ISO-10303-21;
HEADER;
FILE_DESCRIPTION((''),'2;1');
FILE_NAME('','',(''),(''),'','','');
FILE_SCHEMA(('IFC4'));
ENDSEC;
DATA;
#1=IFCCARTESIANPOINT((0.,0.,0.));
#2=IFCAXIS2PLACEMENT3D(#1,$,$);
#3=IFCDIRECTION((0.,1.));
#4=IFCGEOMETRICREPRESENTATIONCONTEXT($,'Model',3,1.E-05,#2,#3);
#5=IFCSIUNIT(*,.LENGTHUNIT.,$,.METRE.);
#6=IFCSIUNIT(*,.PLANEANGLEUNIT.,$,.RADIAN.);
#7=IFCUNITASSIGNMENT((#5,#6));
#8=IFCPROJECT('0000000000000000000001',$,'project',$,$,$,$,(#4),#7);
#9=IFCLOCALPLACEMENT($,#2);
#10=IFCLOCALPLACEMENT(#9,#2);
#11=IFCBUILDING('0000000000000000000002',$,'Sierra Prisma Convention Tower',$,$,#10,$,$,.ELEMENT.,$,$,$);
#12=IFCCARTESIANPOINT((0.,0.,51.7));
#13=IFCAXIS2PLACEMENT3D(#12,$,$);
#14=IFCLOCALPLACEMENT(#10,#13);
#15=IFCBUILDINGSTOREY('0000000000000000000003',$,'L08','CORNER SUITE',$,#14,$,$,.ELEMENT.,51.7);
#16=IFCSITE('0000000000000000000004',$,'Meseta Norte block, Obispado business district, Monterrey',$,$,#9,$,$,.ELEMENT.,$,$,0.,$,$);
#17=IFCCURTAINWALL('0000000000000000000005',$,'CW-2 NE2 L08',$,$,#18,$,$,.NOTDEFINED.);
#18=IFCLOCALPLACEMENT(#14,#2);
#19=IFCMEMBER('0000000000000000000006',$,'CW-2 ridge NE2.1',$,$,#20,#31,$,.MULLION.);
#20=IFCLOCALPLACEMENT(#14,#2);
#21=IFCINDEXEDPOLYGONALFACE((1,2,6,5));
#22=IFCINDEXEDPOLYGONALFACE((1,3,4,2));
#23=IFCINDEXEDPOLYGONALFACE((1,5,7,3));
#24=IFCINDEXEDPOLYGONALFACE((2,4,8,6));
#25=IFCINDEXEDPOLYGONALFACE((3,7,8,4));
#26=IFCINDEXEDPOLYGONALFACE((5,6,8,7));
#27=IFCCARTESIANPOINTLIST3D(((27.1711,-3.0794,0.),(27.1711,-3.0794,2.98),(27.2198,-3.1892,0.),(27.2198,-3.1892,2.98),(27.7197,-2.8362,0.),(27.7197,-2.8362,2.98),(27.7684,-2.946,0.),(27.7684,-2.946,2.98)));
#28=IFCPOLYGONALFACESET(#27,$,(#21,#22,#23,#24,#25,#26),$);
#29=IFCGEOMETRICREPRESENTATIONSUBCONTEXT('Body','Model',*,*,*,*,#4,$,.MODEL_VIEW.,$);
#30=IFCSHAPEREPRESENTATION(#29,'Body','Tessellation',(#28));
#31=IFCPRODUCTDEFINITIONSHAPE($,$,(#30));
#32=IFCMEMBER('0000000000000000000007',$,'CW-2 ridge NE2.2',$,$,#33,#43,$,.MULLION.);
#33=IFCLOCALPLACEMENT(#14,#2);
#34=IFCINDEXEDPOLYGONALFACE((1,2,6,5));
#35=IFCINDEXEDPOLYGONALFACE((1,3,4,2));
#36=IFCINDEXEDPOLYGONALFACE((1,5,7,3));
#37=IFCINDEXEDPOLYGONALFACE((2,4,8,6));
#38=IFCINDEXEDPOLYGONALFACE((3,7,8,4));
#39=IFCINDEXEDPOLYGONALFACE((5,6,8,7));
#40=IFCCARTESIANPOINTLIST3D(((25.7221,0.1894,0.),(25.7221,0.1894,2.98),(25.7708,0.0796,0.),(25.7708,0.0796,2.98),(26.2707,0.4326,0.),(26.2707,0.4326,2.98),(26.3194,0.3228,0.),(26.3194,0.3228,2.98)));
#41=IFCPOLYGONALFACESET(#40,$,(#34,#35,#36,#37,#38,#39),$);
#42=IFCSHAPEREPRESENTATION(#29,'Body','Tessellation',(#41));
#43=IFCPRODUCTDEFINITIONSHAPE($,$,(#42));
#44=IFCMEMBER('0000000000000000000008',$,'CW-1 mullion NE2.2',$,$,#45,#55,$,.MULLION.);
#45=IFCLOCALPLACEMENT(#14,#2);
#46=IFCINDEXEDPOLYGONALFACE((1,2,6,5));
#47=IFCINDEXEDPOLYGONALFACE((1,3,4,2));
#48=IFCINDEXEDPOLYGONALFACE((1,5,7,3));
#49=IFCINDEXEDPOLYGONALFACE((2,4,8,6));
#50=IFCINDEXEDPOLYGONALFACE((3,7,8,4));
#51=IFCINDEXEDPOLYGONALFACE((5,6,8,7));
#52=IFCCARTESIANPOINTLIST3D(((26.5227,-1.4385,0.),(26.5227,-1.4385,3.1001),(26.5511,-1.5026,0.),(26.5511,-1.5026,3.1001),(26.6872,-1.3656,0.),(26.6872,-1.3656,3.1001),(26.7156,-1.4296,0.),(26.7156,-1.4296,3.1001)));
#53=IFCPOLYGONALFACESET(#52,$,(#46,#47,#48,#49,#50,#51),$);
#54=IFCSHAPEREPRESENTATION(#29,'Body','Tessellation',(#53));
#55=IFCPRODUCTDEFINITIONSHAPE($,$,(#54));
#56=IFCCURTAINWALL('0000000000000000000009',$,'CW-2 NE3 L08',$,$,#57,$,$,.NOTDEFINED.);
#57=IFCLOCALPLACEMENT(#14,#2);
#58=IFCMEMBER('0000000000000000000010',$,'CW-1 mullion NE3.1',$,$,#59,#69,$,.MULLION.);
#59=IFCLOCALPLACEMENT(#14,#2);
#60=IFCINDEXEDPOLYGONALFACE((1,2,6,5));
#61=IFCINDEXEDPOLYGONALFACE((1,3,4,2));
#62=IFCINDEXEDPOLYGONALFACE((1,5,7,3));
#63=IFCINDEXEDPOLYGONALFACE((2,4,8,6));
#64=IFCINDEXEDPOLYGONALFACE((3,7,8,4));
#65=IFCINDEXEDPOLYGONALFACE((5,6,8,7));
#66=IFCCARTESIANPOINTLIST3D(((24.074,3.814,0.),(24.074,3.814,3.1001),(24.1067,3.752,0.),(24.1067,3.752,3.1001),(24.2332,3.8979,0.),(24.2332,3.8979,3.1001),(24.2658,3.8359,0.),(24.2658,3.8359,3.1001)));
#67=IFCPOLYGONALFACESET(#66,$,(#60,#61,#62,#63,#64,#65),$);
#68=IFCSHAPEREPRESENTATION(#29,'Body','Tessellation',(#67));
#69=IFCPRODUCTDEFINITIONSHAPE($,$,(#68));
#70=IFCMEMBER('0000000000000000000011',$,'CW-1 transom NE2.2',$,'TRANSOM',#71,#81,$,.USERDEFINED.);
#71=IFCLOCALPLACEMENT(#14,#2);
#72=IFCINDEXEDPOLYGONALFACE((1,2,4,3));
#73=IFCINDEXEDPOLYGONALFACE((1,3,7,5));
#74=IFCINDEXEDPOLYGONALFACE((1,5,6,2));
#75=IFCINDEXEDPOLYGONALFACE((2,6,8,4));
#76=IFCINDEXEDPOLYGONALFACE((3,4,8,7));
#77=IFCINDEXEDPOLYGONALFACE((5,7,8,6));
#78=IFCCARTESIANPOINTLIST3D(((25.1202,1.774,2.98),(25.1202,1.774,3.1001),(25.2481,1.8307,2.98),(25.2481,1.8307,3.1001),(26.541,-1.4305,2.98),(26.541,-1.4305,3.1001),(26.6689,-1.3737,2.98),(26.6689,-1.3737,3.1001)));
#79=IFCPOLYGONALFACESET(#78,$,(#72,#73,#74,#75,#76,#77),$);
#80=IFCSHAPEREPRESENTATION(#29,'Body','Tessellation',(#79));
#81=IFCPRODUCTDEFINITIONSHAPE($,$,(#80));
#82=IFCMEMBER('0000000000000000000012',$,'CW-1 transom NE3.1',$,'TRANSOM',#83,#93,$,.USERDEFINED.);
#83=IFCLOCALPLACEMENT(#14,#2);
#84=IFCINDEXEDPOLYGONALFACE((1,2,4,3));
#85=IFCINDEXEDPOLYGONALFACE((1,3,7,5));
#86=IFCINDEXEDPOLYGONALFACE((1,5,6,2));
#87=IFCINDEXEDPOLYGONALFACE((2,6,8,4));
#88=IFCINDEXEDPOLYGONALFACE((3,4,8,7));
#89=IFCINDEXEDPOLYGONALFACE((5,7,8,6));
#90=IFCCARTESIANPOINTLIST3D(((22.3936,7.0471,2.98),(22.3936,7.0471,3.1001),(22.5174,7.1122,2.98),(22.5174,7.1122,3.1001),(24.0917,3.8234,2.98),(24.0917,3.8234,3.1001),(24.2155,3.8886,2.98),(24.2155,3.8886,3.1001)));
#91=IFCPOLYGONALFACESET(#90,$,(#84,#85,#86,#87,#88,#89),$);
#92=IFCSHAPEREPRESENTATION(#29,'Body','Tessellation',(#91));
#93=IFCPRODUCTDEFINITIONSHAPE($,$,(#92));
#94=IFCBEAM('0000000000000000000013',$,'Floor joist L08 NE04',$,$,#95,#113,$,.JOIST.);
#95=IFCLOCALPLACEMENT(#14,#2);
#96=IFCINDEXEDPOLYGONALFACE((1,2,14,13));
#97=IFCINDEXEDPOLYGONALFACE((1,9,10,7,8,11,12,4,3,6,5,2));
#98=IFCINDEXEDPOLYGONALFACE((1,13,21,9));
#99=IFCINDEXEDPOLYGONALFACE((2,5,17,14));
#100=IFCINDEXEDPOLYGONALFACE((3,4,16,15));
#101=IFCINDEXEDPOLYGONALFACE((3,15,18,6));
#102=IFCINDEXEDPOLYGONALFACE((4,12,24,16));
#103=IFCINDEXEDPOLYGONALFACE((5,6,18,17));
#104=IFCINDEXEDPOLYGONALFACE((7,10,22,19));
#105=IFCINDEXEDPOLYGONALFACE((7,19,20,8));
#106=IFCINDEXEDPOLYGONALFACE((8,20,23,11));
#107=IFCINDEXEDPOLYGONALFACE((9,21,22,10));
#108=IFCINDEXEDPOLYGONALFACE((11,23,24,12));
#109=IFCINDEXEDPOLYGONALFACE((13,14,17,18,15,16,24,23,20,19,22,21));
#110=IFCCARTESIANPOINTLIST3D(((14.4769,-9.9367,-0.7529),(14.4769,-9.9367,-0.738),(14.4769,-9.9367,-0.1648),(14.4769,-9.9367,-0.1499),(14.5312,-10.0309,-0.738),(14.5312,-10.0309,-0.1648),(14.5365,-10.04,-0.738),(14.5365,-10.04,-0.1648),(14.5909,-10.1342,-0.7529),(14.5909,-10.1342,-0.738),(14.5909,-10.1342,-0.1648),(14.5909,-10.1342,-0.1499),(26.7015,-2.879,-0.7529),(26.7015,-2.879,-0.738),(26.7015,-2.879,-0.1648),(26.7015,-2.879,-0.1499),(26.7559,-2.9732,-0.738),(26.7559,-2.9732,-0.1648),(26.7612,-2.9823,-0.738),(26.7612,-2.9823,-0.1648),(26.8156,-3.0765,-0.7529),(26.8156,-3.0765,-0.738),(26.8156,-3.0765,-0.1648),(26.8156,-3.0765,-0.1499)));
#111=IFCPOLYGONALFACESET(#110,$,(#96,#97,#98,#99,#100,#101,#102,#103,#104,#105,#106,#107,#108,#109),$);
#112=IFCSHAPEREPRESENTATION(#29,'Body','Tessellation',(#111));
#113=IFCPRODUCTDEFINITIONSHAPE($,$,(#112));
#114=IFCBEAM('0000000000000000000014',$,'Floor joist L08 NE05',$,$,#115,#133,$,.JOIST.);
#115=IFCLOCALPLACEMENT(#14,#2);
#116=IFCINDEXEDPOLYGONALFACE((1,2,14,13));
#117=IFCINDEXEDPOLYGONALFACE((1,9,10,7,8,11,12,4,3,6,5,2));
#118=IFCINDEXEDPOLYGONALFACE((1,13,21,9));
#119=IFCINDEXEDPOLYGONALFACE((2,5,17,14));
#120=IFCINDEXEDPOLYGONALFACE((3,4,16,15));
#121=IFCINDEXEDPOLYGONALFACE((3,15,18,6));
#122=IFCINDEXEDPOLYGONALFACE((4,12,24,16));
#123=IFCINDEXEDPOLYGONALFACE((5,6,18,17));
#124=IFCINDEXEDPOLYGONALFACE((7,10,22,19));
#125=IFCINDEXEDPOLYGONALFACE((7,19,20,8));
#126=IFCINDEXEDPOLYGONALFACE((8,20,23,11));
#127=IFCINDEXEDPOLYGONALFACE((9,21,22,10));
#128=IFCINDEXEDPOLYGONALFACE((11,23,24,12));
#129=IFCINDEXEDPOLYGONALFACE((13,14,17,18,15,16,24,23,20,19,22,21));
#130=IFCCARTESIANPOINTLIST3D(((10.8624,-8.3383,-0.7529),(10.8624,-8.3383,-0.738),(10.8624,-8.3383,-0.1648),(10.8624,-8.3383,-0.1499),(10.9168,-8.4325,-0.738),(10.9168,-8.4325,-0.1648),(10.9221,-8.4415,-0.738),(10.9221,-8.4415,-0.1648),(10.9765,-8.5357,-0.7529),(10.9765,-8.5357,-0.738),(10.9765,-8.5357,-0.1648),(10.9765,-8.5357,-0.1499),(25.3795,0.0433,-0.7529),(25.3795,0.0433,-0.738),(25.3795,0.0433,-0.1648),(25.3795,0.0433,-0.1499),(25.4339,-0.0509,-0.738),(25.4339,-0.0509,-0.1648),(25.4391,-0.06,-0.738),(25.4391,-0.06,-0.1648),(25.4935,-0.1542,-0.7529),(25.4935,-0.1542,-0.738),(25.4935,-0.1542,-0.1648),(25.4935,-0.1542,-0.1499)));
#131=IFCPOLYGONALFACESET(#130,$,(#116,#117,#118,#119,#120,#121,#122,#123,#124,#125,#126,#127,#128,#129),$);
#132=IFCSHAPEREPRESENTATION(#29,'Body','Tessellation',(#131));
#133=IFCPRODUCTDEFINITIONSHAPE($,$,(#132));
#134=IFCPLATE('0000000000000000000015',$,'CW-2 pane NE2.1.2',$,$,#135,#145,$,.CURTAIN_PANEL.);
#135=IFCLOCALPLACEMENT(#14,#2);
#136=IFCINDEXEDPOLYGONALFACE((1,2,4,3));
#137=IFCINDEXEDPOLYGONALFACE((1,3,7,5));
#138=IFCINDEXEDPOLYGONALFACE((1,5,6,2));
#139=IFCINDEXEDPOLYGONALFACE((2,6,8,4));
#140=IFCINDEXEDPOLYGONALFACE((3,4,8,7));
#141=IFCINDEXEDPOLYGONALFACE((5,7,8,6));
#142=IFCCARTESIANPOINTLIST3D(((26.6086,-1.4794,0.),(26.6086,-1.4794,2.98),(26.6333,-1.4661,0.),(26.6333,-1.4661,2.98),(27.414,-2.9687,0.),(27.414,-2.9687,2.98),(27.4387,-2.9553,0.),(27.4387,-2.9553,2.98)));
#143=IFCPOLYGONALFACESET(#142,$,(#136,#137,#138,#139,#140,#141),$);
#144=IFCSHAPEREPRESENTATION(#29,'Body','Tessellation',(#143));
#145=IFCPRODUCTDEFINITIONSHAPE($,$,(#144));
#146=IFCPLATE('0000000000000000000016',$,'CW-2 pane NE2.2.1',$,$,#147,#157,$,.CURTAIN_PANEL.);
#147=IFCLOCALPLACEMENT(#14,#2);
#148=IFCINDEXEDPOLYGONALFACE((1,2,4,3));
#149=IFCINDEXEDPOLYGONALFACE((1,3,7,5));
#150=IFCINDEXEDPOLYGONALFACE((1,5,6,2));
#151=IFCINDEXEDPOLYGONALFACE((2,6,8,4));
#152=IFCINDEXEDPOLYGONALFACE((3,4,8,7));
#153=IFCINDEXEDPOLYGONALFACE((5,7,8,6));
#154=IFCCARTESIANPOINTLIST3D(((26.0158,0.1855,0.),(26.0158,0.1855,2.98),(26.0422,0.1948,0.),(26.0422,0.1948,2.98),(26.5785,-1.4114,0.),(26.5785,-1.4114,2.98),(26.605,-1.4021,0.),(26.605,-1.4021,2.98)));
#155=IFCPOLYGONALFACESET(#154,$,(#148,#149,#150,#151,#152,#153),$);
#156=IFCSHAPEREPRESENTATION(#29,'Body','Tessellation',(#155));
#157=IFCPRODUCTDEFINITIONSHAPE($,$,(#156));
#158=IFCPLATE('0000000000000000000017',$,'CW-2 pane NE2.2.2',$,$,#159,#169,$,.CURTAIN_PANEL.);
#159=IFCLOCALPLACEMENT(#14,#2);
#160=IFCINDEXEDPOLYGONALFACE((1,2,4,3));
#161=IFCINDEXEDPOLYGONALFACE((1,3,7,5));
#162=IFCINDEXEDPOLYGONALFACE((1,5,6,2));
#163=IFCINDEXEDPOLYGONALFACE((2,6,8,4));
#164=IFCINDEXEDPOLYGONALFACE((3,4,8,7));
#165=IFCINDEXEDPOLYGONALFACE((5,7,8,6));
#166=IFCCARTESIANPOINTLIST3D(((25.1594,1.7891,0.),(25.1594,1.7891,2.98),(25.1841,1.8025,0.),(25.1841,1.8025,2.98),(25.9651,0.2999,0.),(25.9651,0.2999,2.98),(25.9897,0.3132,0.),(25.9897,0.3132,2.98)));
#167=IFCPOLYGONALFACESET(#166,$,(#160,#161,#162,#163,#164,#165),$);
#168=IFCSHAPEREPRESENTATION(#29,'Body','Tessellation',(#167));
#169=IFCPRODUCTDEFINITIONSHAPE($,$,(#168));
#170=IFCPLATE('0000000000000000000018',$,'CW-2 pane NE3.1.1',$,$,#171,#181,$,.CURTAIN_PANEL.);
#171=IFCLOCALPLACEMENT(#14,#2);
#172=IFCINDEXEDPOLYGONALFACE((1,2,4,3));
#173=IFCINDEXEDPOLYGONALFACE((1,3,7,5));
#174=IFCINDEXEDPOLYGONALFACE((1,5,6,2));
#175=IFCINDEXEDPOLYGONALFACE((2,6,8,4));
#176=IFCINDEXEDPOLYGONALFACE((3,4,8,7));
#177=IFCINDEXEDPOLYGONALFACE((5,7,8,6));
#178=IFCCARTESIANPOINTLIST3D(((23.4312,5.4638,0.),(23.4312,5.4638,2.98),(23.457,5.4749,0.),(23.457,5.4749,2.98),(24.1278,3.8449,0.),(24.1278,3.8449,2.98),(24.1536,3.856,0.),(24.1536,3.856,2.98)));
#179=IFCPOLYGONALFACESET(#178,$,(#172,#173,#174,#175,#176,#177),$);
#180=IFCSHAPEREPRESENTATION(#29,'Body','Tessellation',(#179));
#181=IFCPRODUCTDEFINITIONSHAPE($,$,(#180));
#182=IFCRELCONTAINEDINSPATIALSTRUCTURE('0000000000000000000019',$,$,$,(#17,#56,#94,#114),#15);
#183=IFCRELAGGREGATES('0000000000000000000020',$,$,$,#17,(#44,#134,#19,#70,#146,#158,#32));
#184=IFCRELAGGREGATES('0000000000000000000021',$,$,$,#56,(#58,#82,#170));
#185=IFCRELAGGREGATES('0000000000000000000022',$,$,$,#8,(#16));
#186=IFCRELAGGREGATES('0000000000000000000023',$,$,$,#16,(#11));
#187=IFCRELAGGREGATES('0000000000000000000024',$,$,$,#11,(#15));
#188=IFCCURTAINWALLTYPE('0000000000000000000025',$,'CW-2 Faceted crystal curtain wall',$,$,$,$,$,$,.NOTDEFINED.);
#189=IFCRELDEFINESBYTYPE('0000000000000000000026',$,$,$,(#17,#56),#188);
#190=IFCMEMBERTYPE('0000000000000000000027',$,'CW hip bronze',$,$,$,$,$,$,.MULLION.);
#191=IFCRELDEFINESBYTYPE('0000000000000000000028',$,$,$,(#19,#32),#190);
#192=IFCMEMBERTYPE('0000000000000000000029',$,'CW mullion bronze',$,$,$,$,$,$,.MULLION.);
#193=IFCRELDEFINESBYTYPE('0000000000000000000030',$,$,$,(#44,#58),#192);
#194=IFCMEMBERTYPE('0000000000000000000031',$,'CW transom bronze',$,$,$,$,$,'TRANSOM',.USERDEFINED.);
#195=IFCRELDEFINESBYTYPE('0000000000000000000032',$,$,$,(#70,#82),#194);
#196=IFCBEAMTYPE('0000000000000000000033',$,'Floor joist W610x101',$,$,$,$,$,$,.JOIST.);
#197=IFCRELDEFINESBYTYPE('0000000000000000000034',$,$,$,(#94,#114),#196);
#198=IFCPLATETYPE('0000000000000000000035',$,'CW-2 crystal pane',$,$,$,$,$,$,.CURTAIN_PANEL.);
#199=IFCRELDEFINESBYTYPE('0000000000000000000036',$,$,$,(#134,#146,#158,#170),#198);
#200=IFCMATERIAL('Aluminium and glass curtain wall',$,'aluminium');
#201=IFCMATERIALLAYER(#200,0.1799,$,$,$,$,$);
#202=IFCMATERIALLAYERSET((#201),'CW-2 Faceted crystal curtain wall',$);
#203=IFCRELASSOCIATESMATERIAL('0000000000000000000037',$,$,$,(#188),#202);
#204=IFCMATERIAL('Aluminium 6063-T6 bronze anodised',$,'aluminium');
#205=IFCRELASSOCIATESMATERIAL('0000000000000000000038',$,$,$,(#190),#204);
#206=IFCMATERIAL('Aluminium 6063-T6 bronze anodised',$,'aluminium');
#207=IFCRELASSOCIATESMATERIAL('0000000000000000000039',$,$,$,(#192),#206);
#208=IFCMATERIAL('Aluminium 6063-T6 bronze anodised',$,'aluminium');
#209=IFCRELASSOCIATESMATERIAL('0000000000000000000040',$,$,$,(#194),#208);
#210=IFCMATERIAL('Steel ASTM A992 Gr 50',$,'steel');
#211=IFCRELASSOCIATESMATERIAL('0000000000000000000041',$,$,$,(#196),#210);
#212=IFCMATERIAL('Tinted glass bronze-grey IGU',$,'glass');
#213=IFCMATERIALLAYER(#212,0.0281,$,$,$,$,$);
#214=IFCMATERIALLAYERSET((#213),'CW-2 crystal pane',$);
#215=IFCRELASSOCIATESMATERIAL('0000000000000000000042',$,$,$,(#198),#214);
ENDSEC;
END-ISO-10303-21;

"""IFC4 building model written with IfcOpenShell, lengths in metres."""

from ifc_helpers import new_model, si_unit, direction, frame, origin, origin_2d, place, context, subcontext, project, spatial, polyline, rectangle, i_section, outline, extrude, material, layer, layer_set, material_profile, profile_set, type_object, element, aggregate, save


model = new_model("IFC4")

# Units and contexts
model_context = context("Model", 3, precision=1e-05, world=origin(), true_north=direction((0.0, 1.0)))
body_context = subcontext(model_context, "Body", "Model", "MODEL_VIEW")
ifc_project = project(units=[si_unit("LENGTHUNIT", "METRE"), si_unit("PLANEANGLEUNIT", "RADIAN")], contexts=[model_context])

# Site, building, storey
site_placement = place(None, origin())
site = spatial("IfcSite", under=ifc_project, at=site_placement, Name="Meseta Norte block, Obispado business district, Monterrey", CompositionType="ELEMENT", RefElevation=0.0)
building_placement = place(site_placement, origin())
building = spatial("IfcBuilding", under=site, at=building_placement, Name="Sierra Prisma Convention Tower", CompositionType="ELEMENT")
storey_placement = place(building_placement, frame((0.0, 0.0, 51.7)))
storey = spatial("IfcBuildingStorey", under=building, at=storey_placement, Name="L08", Description="CORNER SUITE", CompositionType="ELEMENT", Elevation=51.7)

# Curtain wall, members
ifc_material_1 = material(Name="Aluminium and glass curtain wall", Category="aluminium")
ifc_layer_1 = layer(ifc_material_1, 0.1799)
ifc_layer_set_1 = layer_set([ifc_layer_1], Name="CW-2 Faceted crystal curtain wall")
curtain_wall_type = type_object("IfcCurtainWallType", Name="CW-2 Faceted crystal curtain wall", PredefinedType="NOTDEFINED", material=ifc_layer_set_1)
curtain_wall_1_placement = place(storey_placement, origin())
curtain_wall_1 = element("IfcCurtainWall", 1, at=curtain_wall_1_placement, inside=storey, type_object=curtain_wall_type, Name="CW-2 NE2 L08", PredefinedType="NOTDEFINED")
ifc_material_2 = material(Name="Aluminium 6063-T6 bronze anodised", Category="aluminium")
ifc_material_profile_1 = material_profile(ifc_material_2, rectangle(XDim=0.1201, YDim=0.6001, at=origin_2d()), Name="ALU RIDGE BLADE 120x600")
ifc_profile_set_1 = profile_set([ifc_material_profile_1], Name="Aluminium 6063-T6 bronze anodised")
member_type_1 = type_object("IfcMemberType", Name="CW hip bronze", PredefinedType="MULLION", material=ifc_profile_set_1)
member_1_placement = place(storey_placement, frame((27.4697, -3.0127, 0.0), z_axis=(0.0, 0.0, 1.0), x_axis=(-0.405288, 0.914189, 0.0)))
member_1 = element("IfcMember", 2, at=member_1_placement, type_object=member_type_1, Name="CW-2 ridge NE2.1", PredefinedType="MULLION", context=body_context, shape_type="SweptSolid", body=[
    extrude(rectangle(XDim=0.1201, YDim=0.6001, at=origin_2d()), origin(), (0.0, 0.0, 1.0), 2.98),
])
member_2_placement = place(storey_placement, frame((26.0208, 0.2561, 0.0), z_axis=(0.0, 0.0, 1.0), x_axis=(-0.405288, 0.914189, 0.0)))
member_2 = element("IfcMember", 3, at=member_2_placement, type_object=member_type_1, Name="CW-2 ridge NE2.2", PredefinedType="MULLION", context=body_context, shape_type="SweptSolid", body=[
    extrude(rectangle(XDim=0.1201, YDim=0.6001, at=origin_2d()), origin(), (0.0, 0.0, 1.0), 2.98),
])
ifc_material_3 = material(Name="Aluminium 6063-T6 bronze anodised", Category="aluminium")
ifc_material_profile_2 = material_profile(ifc_material_3, rectangle(XDim=0.1799, YDim=0.0701, at=origin_2d()), Name="ALU MULLION 70x180")
ifc_profile_set_2 = profile_set([ifc_material_profile_2], Name="Aluminium 6063-T6 bronze anodised")
member_type_2 = type_object("IfcMemberType", Name="CW mullion bronze", PredefinedType="MULLION", material=ifc_profile_set_2)
member_3_placement = place(storey_placement, frame((26.6191, -1.4341, 0.0), z_axis=(0.0, 0.0, 1.0), x_axis=(-0.914189, -0.405288, 0.0)))
member_3 = element("IfcMember", 4, at=member_3_placement, type_object=member_type_2, Name="CW-1 mullion NE2.2", PredefinedType="MULLION", context=body_context, shape_type="SweptSolid", body=[
    extrude(rectangle(XDim=0.1799, YDim=0.0701, at=origin_2d()), origin(), (0.0, 0.0, 1.0), 3.1001),
])

# Curtain wall, member
curtain_wall_2_placement = place(storey_placement, origin())
curtain_wall_2 = element("IfcCurtainWall", 5, at=curtain_wall_2_placement, inside=storey, type_object=curtain_wall_type, Name="CW-2 NE3 L08", PredefinedType="NOTDEFINED")
member_4_placement = place(storey_placement, frame((24.1699, 3.825, 0.0), z_axis=(0.0, 0.0, 1.0), x_axis=(-0.884757, -0.466052, 0.0)))
member_4 = element("IfcMember", 6, at=member_4_placement, type_object=member_type_2, Name="CW-1 mullion NE3.1", PredefinedType="MULLION", context=body_context, shape_type="SweptSolid", body=[
    extrude(rectangle(XDim=0.1799, YDim=0.0701, at=origin_2d()), origin(), (0.0, 0.0, 1.0), 3.1001),
])

# Members
ifc_material_4 = material(Name="Aluminium 6063-T6 bronze anodised", Category="aluminium")
ifc_material_profile_3 = material_profile(ifc_material_4, rectangle(XDim=0.1399, YDim=0.1201, at=origin_2d()), Name="ALU TRANSOM 120x140")
ifc_profile_set_3 = profile_set([ifc_material_profile_3], Name="Aluminium 6063-T6 bronze anodised")
member_type_3 = type_object("IfcMemberType", Name="CW transom bronze", ElementType="TRANSOM", PredefinedType="USERDEFINED", material=ifc_profile_set_3)
member_5_placement = place(storey_placement, frame((26.605, -1.4021, 3.04), z_axis=(-0.405337, 0.914167, 0.0), x_axis=(-0.914167, -0.405337, 0.0)))
member_5 = element("IfcMember", 7, at=member_5_placement, type_object=member_type_3, Name="CW-1 transom NE2.2", ObjectType="TRANSOM", PredefinedType="USERDEFINED", context=body_context, shape_type="SweptSolid", body=[
    extrude(rectangle(XDim=0.1399, YDim=0.1201, at=origin_2d()), origin(), (0.0, 0.0, 1.0), 3.5054),
])
member_6_placement = place(storey_placement, frame((24.1536, 3.856, 3.04), z_axis=(-0.466036, 0.884766, 0.0), x_axis=(-0.884766, -0.466036, 0.0)))
member_6 = element("IfcMember", 8, at=member_6_placement, type_object=member_type_3, Name="CW-1 transom NE3.1", ObjectType="TRANSOM", PredefinedType="USERDEFINED", context=body_context, shape_type="SweptSolid", body=[
    extrude(rectangle(XDim=0.1399, YDim=0.1201, at=origin_2d()), origin(), (0.0, 0.0, 1.0), 3.6436),
])

# Beams
ifc_material_5 = material(Name="Steel ASTM A992 Gr 50", Category="steel")
ifc_material_profile_4 = material_profile(ifc_material_5, i_section(OverallWidth=0.228, OverallDepth=0.603, WebThickness=0.0105, FlangeThickness=0.0149, at=origin_2d()), Name="W610x101")
ifc_profile_set_4 = profile_set([ifc_material_profile_4], Name="Steel ASTM A992 Gr 50")
beam_type = type_object("IfcBeamType", Name="Floor joist W610x101", PredefinedType="JOIST", material=ifc_profile_set_4)
beam_1_placement = place(storey_placement, frame((26.7585, -2.9778, -0.4514), z_axis=(-0.866034, -0.499986, 0.0), x_axis=(0.499986, -0.866034, 0.0)))
element("IfcBeam", 9, at=beam_1_placement, inside=storey, type_object=beam_type, Name="Floor joist L08 NE04", PredefinedType="JOIST", context=body_context, shape_type="SweptSolid", body=[
    extrude(i_section(OverallWidth=0.228, OverallDepth=0.603, WebThickness=0.0105, FlangeThickness=0.0149, at=origin_2d()), origin(), (0.0, 0.0, 1.0), 14.1157),
])
beam_2_placement = place(storey_placement, frame((25.4365, -0.0554, -0.4514), z_axis=(-0.866022, -0.500007, 0.0), x_axis=(0.500007, -0.866022, 0.0)))
element("IfcBeam", 10, at=beam_2_placement, inside=storey, type_object=beam_type, Name="Floor joist L08 NE05", PredefinedType="JOIST", context=body_context, shape_type="SweptSolid", body=[
    extrude(i_section(OverallWidth=0.228, OverallDepth=0.603, WebThickness=0.0105, FlangeThickness=0.0149, at=origin_2d()), origin(), (0.0, 0.0, 1.0), 16.7629),
])

# Plates
ifc_material_6 = material(Name="Tinted glass bronze-grey IGU", Category="glass")
ifc_layer_2 = layer(ifc_material_6, 0.0281)
ifc_layer_set_2 = layer_set([ifc_layer_2], Name="CW-2 crystal pane")
plate_type = type_object("IfcPlateType", Name="CW-2 crystal pane", PredefinedType="CURTAIN_PANEL", material=ifc_layer_set_2)
plate_1_placement = place(storey_placement, frame((26.6333, -1.4661, 0.0), z_axis=(0.879604, 0.475707, 0.0), x_axis=(0.475707, -0.879604, 0.0)))
plate_1 = element("IfcPlate", 11, at=plate_1_placement, type_object=plate_type, Name="CW-2 pane NE2.1.2", PredefinedType="CURTAIN_PANEL", context=body_context, shape_type="SweptSolid", body=[
    extrude(outline(polyline([(0.0, 0.0), (1.6931, 0.0), (1.6931, -2.98), (0.0, -2.98), (0.0, 0.0)])), origin(), (0.0, 0.0, -1.0), 0.0281),
])
plate_2_placement = place(storey_placement, frame((26.605, -1.4021, 0.0), z_axis=(0.943153, 0.33236, 0.0), x_axis=(-0.33236, 0.943153, 0.0)))
plate_2 = element("IfcPlate", 12, at=plate_2_placement, type_object=plate_type, Name="CW-2 pane NE2.2.1", PredefinedType="CURTAIN_PANEL", context=body_context, shape_type="SweptSolid", body=[
    extrude(outline(polyline([(0.0, 0.0), (1.6932, 0.0), (1.6932, 2.98), (0.0, 2.98), (0.0, 0.0)])), origin(), (0.0, 0.0, -1.0), 0.0281),
])
plate_3_placement = place(storey_placement, frame((25.1841, 1.8025, 0.0), z_axis=(0.879543, 0.475819, 0.0), x_axis=(0.475819, -0.879543, 0.0)))
plate_3 = element("IfcPlate", 13, at=plate_3_placement, type_object=plate_type, Name="CW-2 pane NE2.2.2", PredefinedType="CURTAIN_PANEL", context=body_context, shape_type="SweptSolid", body=[
    extrude(outline(polyline([(0.0, 0.0), (1.6932, 0.0), (1.6932, -2.98), (0.0, -2.98), (0.0, 0.0)])), origin(), (0.0, 0.0, -1.0), 0.0281),
])
aggregate(curtain_wall_1, [member_3, plate_1, member_1, member_5, plate_2, plate_3, member_2])
plate_4_placement = place(storey_placement, frame((24.1536, 3.856, 0.0), z_axis=(0.918585, 0.395223, 0.0), x_axis=(-0.395223, 0.918585, 0.0)))
plate_4 = element("IfcPlate", 14, at=plate_4_placement, type_object=plate_type, Name="CW-2 pane NE3.1.1", PredefinedType="CURTAIN_PANEL", context=body_context, shape_type="SweptSolid", body=[
    extrude(outline(polyline([(0.0, 0.0), (1.7624, 0.0), (1.7624, 2.98), (0.0, 2.98), (0.0, 0.0)])), origin(), (0.0, 0.0, -1.0), 0.0281),
])
aggregate(curtain_wall_2, [member_4, member_6, plate_4])

save(model, "model.ifc")
